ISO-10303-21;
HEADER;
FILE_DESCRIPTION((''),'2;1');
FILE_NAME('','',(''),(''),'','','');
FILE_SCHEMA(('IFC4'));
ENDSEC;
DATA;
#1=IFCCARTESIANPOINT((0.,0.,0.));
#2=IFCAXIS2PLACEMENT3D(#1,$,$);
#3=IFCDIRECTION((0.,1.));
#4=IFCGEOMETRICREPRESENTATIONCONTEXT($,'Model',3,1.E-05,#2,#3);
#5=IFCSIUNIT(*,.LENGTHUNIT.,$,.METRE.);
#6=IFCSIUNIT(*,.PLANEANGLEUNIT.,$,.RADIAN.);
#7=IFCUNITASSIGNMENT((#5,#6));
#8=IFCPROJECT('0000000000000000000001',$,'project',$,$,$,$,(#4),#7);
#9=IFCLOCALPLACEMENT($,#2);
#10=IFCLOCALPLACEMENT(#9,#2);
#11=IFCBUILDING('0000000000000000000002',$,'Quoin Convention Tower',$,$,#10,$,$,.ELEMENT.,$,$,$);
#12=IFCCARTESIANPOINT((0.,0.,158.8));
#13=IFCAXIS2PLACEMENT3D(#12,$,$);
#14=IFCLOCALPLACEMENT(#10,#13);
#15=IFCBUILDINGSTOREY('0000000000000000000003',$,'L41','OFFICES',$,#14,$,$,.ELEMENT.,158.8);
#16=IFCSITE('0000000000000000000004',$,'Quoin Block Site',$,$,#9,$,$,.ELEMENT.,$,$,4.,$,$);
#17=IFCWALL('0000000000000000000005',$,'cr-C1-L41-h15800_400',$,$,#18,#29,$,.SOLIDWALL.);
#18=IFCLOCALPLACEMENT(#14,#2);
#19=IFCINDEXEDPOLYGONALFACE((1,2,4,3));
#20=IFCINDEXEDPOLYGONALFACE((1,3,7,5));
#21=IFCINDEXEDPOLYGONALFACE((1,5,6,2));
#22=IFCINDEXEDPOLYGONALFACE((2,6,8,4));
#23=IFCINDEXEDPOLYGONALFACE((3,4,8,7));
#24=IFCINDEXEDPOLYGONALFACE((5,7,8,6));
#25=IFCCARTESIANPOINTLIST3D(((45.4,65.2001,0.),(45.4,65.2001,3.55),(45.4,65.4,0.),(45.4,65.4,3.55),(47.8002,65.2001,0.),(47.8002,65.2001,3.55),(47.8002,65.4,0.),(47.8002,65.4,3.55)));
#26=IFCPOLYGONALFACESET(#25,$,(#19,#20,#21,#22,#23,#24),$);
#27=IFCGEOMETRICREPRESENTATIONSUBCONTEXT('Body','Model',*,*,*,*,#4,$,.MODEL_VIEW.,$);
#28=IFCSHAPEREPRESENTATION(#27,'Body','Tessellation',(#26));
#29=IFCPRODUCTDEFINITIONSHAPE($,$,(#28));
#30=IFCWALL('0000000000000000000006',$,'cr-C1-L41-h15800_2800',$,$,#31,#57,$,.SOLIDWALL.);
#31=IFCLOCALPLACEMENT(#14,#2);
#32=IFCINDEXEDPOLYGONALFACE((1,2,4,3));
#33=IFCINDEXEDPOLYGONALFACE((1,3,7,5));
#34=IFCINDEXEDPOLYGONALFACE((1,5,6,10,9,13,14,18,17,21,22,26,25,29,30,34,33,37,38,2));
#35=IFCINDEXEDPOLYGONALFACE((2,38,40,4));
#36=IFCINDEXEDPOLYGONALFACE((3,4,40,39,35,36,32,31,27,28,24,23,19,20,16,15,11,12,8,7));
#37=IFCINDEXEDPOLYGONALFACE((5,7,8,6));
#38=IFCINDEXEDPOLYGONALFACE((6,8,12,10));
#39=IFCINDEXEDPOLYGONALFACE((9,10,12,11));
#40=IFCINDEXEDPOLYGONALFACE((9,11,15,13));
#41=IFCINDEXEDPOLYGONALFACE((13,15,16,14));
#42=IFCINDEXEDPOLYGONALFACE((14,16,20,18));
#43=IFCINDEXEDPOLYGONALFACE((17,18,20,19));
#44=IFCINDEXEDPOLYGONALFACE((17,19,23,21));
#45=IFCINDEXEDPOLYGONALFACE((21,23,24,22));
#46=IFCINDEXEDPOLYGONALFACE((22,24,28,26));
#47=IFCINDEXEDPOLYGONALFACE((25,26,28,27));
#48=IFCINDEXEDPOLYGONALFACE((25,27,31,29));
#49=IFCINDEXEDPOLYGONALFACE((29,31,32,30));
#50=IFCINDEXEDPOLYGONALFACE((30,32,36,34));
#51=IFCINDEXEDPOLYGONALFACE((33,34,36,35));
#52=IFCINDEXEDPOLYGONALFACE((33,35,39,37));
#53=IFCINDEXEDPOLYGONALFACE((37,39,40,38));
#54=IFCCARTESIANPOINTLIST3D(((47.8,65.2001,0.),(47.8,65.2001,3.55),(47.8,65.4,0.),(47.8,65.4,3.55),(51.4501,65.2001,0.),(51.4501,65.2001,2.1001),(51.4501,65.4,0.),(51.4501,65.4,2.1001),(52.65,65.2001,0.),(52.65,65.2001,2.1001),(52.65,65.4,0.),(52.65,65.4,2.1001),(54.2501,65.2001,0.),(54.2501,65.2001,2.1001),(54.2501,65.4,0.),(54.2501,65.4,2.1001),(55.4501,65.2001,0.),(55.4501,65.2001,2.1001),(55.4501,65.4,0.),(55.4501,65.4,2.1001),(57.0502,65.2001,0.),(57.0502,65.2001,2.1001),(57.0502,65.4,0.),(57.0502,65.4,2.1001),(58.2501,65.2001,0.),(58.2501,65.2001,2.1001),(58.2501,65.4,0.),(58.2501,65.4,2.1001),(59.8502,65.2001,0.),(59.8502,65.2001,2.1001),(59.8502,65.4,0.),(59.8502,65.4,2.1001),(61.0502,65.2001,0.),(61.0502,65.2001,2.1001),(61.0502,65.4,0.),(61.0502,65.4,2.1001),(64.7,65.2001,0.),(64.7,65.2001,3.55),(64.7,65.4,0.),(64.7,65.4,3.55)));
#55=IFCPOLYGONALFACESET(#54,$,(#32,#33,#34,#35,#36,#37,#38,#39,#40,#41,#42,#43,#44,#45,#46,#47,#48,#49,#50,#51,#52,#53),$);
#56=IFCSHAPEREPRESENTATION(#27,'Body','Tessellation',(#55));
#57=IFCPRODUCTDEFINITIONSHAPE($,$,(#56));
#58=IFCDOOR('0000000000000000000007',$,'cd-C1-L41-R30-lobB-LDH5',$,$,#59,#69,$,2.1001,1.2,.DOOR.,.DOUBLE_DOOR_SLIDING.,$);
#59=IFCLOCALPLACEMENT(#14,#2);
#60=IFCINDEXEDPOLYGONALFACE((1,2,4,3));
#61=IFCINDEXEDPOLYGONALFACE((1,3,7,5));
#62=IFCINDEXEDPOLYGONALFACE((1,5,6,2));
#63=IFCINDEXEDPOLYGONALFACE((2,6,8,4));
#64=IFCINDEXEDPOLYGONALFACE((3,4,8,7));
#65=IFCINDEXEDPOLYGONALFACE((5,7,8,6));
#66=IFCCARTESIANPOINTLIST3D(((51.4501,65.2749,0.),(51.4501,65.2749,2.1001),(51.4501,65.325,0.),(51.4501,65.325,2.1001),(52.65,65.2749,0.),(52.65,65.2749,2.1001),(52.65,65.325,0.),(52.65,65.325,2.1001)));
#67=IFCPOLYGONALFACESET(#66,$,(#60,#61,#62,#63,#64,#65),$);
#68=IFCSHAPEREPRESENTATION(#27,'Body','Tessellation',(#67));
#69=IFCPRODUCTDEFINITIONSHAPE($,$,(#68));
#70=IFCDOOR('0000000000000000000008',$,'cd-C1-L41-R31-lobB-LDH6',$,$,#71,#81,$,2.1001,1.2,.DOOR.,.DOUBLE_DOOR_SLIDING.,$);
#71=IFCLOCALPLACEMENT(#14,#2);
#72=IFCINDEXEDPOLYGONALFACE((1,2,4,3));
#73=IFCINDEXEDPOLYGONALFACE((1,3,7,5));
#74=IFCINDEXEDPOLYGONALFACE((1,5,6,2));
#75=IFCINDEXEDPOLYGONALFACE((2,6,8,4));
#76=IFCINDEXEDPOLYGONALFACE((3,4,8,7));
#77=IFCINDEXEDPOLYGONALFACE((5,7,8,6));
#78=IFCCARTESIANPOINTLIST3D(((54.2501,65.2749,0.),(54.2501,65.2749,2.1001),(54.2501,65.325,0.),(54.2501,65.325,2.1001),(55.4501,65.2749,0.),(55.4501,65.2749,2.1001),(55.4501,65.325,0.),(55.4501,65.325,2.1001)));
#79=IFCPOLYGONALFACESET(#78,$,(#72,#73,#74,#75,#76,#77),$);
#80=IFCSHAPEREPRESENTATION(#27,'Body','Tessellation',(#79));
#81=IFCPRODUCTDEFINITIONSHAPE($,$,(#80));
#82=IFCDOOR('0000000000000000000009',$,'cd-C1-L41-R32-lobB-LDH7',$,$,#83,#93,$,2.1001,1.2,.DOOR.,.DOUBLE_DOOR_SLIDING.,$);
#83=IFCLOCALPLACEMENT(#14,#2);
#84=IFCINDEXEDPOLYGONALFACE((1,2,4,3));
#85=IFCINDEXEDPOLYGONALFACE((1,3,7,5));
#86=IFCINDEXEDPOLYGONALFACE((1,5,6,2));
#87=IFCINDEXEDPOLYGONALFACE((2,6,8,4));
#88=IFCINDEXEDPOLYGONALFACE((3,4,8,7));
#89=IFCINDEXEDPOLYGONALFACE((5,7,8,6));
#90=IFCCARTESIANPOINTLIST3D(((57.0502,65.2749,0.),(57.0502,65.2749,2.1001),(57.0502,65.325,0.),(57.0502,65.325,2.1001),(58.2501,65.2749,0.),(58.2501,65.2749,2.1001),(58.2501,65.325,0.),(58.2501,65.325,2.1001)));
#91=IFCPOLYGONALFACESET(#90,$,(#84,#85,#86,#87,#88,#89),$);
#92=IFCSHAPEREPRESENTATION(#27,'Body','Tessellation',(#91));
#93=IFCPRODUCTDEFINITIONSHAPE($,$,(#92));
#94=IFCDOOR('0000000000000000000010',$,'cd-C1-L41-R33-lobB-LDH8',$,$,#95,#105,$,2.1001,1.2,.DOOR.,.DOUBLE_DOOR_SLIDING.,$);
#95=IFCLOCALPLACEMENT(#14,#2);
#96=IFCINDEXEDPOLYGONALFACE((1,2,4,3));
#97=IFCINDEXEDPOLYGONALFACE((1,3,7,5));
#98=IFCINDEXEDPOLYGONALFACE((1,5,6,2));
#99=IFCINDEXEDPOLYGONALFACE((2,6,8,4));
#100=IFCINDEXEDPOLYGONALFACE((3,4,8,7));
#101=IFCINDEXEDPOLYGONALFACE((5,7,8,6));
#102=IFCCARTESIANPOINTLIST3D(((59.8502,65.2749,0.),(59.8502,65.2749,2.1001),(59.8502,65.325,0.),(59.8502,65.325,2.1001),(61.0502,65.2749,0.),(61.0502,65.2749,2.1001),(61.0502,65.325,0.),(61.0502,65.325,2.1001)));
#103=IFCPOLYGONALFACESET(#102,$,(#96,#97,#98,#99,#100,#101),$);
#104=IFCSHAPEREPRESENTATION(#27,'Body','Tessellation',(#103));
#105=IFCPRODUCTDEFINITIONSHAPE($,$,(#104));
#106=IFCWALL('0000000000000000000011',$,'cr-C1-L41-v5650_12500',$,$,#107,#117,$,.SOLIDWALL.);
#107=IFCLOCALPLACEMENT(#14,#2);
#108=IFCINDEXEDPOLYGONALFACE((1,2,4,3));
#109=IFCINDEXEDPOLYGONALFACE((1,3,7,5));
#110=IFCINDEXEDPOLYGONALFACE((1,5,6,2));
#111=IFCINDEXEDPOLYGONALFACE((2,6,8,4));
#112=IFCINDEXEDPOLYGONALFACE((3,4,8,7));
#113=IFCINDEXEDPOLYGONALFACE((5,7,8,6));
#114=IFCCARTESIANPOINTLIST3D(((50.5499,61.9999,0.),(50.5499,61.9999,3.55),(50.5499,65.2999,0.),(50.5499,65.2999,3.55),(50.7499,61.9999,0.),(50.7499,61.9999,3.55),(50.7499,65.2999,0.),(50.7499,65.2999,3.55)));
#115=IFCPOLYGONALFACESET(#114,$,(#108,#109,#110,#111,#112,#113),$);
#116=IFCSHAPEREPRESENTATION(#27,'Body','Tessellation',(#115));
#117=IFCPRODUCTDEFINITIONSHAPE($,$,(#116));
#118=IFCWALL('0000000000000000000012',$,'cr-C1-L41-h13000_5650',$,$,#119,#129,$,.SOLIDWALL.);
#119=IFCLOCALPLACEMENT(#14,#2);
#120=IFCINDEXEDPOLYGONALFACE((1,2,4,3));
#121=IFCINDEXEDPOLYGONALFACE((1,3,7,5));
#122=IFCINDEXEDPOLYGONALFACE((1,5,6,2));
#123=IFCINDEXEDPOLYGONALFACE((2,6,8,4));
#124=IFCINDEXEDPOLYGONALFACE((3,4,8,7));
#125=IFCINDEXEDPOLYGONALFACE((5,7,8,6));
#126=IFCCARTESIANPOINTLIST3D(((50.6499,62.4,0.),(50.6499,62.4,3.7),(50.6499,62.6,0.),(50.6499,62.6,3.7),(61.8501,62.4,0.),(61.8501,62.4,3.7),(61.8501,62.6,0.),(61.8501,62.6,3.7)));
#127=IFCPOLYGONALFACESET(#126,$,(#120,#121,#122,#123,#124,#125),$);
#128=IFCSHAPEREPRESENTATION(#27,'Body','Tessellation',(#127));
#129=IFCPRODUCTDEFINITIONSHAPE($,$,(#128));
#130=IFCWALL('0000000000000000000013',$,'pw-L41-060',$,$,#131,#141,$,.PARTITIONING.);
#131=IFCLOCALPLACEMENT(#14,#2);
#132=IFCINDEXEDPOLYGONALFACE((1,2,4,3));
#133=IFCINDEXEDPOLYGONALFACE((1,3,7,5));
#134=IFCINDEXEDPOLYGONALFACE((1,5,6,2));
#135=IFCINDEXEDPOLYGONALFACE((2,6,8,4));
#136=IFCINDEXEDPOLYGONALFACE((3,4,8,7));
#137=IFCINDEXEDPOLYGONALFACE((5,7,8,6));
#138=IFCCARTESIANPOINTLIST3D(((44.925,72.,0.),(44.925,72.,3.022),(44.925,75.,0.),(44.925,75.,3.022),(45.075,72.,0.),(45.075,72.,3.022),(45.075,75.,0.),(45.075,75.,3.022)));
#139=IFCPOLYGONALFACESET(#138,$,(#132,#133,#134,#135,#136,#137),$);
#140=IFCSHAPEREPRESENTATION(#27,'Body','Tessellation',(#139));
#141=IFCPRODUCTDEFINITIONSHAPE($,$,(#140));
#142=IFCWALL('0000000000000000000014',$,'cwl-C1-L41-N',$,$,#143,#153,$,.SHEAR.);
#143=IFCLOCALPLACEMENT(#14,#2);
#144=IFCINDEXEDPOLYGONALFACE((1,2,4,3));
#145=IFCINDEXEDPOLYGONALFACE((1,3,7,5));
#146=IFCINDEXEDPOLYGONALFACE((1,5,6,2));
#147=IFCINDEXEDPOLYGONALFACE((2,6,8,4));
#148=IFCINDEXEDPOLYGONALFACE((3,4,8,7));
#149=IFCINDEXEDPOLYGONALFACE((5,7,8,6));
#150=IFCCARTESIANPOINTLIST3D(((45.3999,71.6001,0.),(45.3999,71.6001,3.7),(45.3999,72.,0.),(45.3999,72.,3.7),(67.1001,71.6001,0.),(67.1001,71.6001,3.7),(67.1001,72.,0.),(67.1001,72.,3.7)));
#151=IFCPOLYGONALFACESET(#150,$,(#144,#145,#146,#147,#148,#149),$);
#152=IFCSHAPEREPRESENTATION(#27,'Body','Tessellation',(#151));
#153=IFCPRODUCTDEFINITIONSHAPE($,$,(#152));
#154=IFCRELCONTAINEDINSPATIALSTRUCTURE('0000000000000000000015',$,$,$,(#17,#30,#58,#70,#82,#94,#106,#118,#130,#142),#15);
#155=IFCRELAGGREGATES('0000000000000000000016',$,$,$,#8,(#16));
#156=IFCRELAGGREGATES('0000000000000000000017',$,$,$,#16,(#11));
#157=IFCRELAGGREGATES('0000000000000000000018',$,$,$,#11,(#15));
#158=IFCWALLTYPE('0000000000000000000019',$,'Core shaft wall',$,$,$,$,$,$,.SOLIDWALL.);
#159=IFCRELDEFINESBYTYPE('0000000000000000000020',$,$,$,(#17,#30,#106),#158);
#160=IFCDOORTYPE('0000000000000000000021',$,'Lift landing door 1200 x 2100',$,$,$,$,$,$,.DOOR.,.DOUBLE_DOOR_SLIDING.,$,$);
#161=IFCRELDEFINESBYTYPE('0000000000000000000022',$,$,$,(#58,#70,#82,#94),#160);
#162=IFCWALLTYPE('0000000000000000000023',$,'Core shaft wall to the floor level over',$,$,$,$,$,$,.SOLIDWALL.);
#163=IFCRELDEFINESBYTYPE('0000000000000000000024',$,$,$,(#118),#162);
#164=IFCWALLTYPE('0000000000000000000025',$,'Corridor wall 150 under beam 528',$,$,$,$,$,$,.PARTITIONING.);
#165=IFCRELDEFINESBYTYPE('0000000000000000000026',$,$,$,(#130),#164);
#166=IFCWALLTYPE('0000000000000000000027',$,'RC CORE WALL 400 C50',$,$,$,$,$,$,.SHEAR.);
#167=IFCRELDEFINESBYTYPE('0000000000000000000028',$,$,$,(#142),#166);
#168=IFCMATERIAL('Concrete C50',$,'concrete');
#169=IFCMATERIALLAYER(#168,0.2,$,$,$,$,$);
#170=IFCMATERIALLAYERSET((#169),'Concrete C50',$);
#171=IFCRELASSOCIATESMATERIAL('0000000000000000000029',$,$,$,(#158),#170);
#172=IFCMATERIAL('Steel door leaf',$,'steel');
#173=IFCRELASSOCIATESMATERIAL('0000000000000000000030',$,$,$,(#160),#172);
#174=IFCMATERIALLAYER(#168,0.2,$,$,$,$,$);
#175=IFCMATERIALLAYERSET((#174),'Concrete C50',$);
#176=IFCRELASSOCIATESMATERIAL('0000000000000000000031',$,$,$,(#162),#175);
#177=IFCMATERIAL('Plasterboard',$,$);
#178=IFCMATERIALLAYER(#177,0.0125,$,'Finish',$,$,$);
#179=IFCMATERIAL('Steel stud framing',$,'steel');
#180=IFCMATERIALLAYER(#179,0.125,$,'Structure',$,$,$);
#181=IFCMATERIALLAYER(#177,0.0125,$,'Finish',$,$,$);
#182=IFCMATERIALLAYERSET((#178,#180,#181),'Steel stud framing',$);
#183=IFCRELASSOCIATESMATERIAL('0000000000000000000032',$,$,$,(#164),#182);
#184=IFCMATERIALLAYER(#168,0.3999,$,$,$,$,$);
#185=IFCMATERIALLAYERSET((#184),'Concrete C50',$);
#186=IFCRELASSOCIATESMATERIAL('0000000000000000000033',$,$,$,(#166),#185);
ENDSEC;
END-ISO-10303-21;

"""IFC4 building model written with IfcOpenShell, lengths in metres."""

from ifc_helpers import new_model, si_unit, direction, frame, frame_2d, origin, place, context, subcontext, project, spatial, rectangle, extrude, material, layer, layer_set, type_object, element, fill, save


model = new_model("IFC4")

# Units and contexts
model_context = context("Model", 3, precision=1e-05, world=origin(), true_north=direction((0.0, 1.0)))
body_context = subcontext(model_context, "Body", "Model", "MODEL_VIEW")
ifc_project = project(units=[si_unit("LENGTHUNIT", "METRE"), si_unit("PLANEANGLEUNIT", "RADIAN")], contexts=[model_context])

# Site, building, storey
site_placement = place(None, origin())
site = spatial("IfcSite", under=ifc_project, at=site_placement, Name="Quoin Block Site", CompositionType="ELEMENT", RefElevation=4.0)
building_placement = place(site_placement, origin())
building = spatial("IfcBuilding", under=site, at=building_placement, Name="Quoin Convention Tower", CompositionType="ELEMENT")
storey_placement = place(building_placement, frame((0.0, 0.0, 158.8)))
storey = spatial("IfcBuildingStorey", under=building, at=storey_placement, Name="L41", Description="OFFICES", CompositionType="ELEMENT", Elevation=158.8)

# Shared definitions
ifc_material_1 = material(Name="Plasterboard")
ifc_material_2 = material(Name="Steel stud framing", Category="steel")
ifc_material_3 = material(Name="Steel door leaf", Category="steel")

# Wall
ifc_material_4 = material(Name="Concrete C50", Category="concrete")
ifc_layer_1 = layer(ifc_material_4, 0.2)
ifc_layer_set_1 = layer_set([ifc_layer_1], Name="Concrete C50")
wall_type_1 = type_object("IfcWallType", Name="Core shaft wall", PredefinedType="SOLIDWALL", material=ifc_layer_set_1)
wall_1_placement = place(storey_placement, frame((45.3999, 65.3, 0.0), z_axis=(0.0, 0.0, 1.0), x_axis=(1.0, 0.0, 0.0)))
element("IfcWall", 1, at=wall_1_placement, inside=storey, type_object=wall_type_1, Name="cr-C1-L41-h15800_400", PredefinedType="SOLIDWALL", context=body_context, shape_type="SweptSolid", body=[
    extrude(rectangle(XDim=2.4001, YDim=0.2, at=frame_2d((1.2002, 0.0))), origin(), (0.0, 0.0, 1.0), 3.55),
])

# Wall, openings, doors
wall_2_placement = place(storey_placement, frame((47.8, 65.3, 0.0), z_axis=(0.0, 0.0, 1.0), x_axis=(1.0, 0.0, 0.0)))
wall_2 = element("IfcWall", 2, at=wall_2_placement, inside=storey, type_object=wall_type_1, Name="cr-C1-L41-h15800_2800", PredefinedType="SOLIDWALL", context=body_context, shape_type="SweptSolid", body=[
    extrude(rectangle(XDim=16.8999, YDim=0.2, at=frame_2d((8.45, 0.0))), origin(), (0.0, 0.0, 1.0), 3.55),
])
opening_1_placement = place(wall_2_placement, frame((3.6499, 0.0, 0.0)))
opening_1 = element("IfcOpeningElement", 3, at=opening_1_placement, cuts=wall_2, PredefinedType="OPENING", context=body_context, shape_type="SweptSolid", body=[
    extrude(rectangle(XDim=1.2, YDim=2.1001, at=frame_2d((0.6001, 1.05))), frame((0.0, 0.1099, 0.0), z_axis=(0.0, -1.0, 0.0), x_axis=(1.0, 0.0, 0.0)), (0.0, 0.0, 1.0), 0.22),
])
opening_2_placement = place(wall_2_placement, frame((6.45, 0.0, 0.0)))
opening_2 = element("IfcOpeningElement", 4, at=opening_2_placement, cuts=wall_2, PredefinedType="OPENING", context=body_context, shape_type="SweptSolid", body=[
    extrude(rectangle(XDim=1.2, YDim=2.1001, at=frame_2d((0.6001, 1.05))), frame((0.0, 0.1099, 0.0), z_axis=(0.0, -1.0, 0.0), x_axis=(1.0, 0.0, 0.0)), (0.0, 0.0, 1.0), 0.22),
])
opening_3_placement = place(wall_2_placement, frame((9.25, 0.0, 0.0)))
opening_3 = element("IfcOpeningElement", 5, at=opening_3_placement, cuts=wall_2, PredefinedType="OPENING", context=body_context, shape_type="SweptSolid", body=[
    extrude(rectangle(XDim=1.2, YDim=2.1001, at=frame_2d((0.6001, 1.05))), frame((0.0, 0.1099, 0.0), z_axis=(0.0, -1.0, 0.0), x_axis=(1.0, 0.0, 0.0)), (0.0, 0.0, 1.0), 0.22),
])
opening_4_placement = place(wall_2_placement, frame((12.05, 0.0, 0.0)))
opening_4 = element("IfcOpeningElement", 6, at=opening_4_placement, cuts=wall_2, PredefinedType="OPENING", context=body_context, shape_type="SweptSolid", body=[
    extrude(rectangle(XDim=1.2, YDim=2.1001, at=frame_2d((0.6001, 1.05))), frame((0.0, 0.1099, 0.0), z_axis=(0.0, -1.0, 0.0), x_axis=(1.0, 0.0, 0.0)), (0.0, 0.0, 1.0), 0.22),
])
door_type_1 = type_object("IfcDoorType", Name="Lift landing door 1200 x 2100", OperationType="DOUBLE_DOOR_SLIDING", PredefinedType="DOOR", material=ifc_material_3)
door_1_placement = place(opening_1_placement, origin())
door_1 = element("IfcDoor", 7, at=door_1_placement, inside=storey, type_object=door_type_1, Name="cd-C1-L41-R30-lobB-LDH5", OperationType="DOUBLE_DOOR_SLIDING", OverallHeight=2.1001, OverallWidth=1.2, PredefinedType="DOOR", context=body_context, shape_type="SweptSolid", body=[
    extrude(rectangle(XDim=1.2, YDim=2.1001, at=frame_2d((0.6001, 1.05))), frame((0.0, 0.0249, 0.0), z_axis=(0.0, -1.0, 0.0), x_axis=(1.0, 0.0, 0.0)), (0.0, 0.0, 1.0), 0.05),
])
fill(opening_1, door_1)
door_2_placement = place(opening_2_placement, origin())
door_2 = element("IfcDoor", 8, at=door_2_placement, inside=storey, type_object=door_type_1, Name="cd-C1-L41-R31-lobB-LDH6", OperationType="DOUBLE_DOOR_SLIDING", OverallHeight=2.1001, OverallWidth=1.2, PredefinedType="DOOR", context=body_context, shape_type="SweptSolid", body=[
    extrude(rectangle(XDim=1.2, YDim=2.1001, at=frame_2d((0.6001, 1.05))), frame((0.0, 0.0249, 0.0), z_axis=(0.0, -1.0, 0.0), x_axis=(1.0, 0.0, 0.0)), (0.0, 0.0, 1.0), 0.05),
])
fill(opening_2, door_2)
door_3_placement = place(opening_3_placement, origin())
door_3 = element("IfcDoor", 9, at=door_3_placement, inside=storey, type_object=door_type_1, Name="cd-C1-L41-R32-lobB-LDH7", OperationType="DOUBLE_DOOR_SLIDING", OverallHeight=2.1001, OverallWidth=1.2, PredefinedType="DOOR", context=body_context, shape_type="SweptSolid", body=[
    extrude(rectangle(XDim=1.2, YDim=2.1001, at=frame_2d((0.6001, 1.05))), frame((0.0, 0.0249, 0.0), z_axis=(0.0, -1.0, 0.0), x_axis=(1.0, 0.0, 0.0)), (0.0, 0.0, 1.0), 0.05),
])
fill(opening_3, door_3)
door_4_placement = place(opening_4_placement, origin())
door_4 = element("IfcDoor", 10, at=door_4_placement, inside=storey, type_object=door_type_1, Name="cd-C1-L41-R33-lobB-LDH8", OperationType="DOUBLE_DOOR_SLIDING", OverallHeight=2.1001, OverallWidth=1.2, PredefinedType="DOOR", context=body_context, shape_type="SweptSolid", body=[
    extrude(rectangle(XDim=1.2, YDim=2.1001, at=frame_2d((0.6001, 1.05))), frame((0.0, 0.0249, 0.0), z_axis=(0.0, -1.0, 0.0), x_axis=(1.0, 0.0, 0.0)), (0.0, 0.0, 1.0), 0.05),
])
fill(opening_4, door_4)

# Walls
wall_3_placement = place(storey_placement, frame((50.6499, 62.0, 0.0), z_axis=(0.0, 0.0, 1.0), x_axis=(0.0, 1.0, 0.0)))
element("IfcWall", 11, at=wall_3_placement, inside=storey, type_object=wall_type_1, Name="cr-C1-L41-v5650_12500", PredefinedType="SOLIDWALL", context=body_context, shape_type="SweptSolid", body=[
    extrude(rectangle(XDim=3.3, YDim=0.2, at=frame_2d((1.6499, 0.0))), origin(), (0.0, 0.0, 1.0), 3.55),
])
ifc_layer_2 = layer(ifc_material_4, 0.2)
ifc_layer_set_2 = layer_set([ifc_layer_2], Name="Concrete C50")
wall_type_2 = type_object("IfcWallType", Name="Core shaft wall to the floor level over", PredefinedType="SOLIDWALL", material=ifc_layer_set_2)
wall_4_placement = place(storey_placement, frame((50.6499, 62.5, 0.0), z_axis=(0.0, 0.0, 1.0), x_axis=(1.0, 0.0, 0.0)))
element("IfcWall", 12, at=wall_4_placement, inside=storey, type_object=wall_type_2, Name="cr-C1-L41-h13000_5650", PredefinedType="SOLIDWALL", context=body_context, shape_type="SweptSolid", body=[
    extrude(rectangle(XDim=11.2002, YDim=0.2, at=frame_2d((5.6001, 0.0))), origin(), (0.0, 0.0, 1.0), 3.7),
])
ifc_layer_3 = layer(ifc_material_1, 0.0125, Name="Finish")
ifc_layer_4 = layer(ifc_material_2, 0.125, Name="Structure")
ifc_layer_5 = layer(ifc_material_1, 0.0125, Name="Finish")
ifc_layer_set_3 = layer_set([ifc_layer_3, ifc_layer_4, ifc_layer_5], Name="Steel stud framing")
wall_type_3 = type_object("IfcWallType", Name="Corridor wall 150 under beam 528", PredefinedType="PARTITIONING", material=ifc_layer_set_3)
wall_5_placement = place(storey_placement, frame((45.0, 72.0, 0.0), z_axis=(0.0, 0.0, 1.0), x_axis=(0.0, 1.0, 0.0)))
element("IfcWall", 13, at=wall_5_placement, inside=storey, type_object=wall_type_3, Name="pw-L41-060", PredefinedType="PARTITIONING", context=body_context, shape_type="SweptSolid", body=[
    extrude(rectangle(XDim=3.0, YDim=0.1499, at=frame_2d((1.5, 0.0))), origin(), (0.0, 0.0, 1.0), 3.022),
])
ifc_layer_6 = layer(ifc_material_4, 0.3999)
ifc_layer_set_4 = layer_set([ifc_layer_6], Name="Concrete C50")
wall_type_4 = type_object("IfcWallType", Name="RC CORE WALL 400 C50", PredefinedType="SHEAR", material=ifc_layer_set_4)
wall_6_placement = place(storey_placement, frame((45.3999, 71.8, 0.0), z_axis=(0.0, 0.0, 1.0), x_axis=(1.0, 0.0, 0.0)))
element("IfcWall", 14, at=wall_6_placement, inside=storey, type_object=wall_type_4, Name="cwl-C1-L41-N", PredefinedType="SHEAR", context=body_context, shape_type="SweptSolid", body=[
    extrude(rectangle(XDim=21.7002, YDim=0.3999, at=frame_2d((10.8501, 0.0))), origin(), (0.0, 0.0, 1.0), 3.7),
])

save(model, "model.ifc")
